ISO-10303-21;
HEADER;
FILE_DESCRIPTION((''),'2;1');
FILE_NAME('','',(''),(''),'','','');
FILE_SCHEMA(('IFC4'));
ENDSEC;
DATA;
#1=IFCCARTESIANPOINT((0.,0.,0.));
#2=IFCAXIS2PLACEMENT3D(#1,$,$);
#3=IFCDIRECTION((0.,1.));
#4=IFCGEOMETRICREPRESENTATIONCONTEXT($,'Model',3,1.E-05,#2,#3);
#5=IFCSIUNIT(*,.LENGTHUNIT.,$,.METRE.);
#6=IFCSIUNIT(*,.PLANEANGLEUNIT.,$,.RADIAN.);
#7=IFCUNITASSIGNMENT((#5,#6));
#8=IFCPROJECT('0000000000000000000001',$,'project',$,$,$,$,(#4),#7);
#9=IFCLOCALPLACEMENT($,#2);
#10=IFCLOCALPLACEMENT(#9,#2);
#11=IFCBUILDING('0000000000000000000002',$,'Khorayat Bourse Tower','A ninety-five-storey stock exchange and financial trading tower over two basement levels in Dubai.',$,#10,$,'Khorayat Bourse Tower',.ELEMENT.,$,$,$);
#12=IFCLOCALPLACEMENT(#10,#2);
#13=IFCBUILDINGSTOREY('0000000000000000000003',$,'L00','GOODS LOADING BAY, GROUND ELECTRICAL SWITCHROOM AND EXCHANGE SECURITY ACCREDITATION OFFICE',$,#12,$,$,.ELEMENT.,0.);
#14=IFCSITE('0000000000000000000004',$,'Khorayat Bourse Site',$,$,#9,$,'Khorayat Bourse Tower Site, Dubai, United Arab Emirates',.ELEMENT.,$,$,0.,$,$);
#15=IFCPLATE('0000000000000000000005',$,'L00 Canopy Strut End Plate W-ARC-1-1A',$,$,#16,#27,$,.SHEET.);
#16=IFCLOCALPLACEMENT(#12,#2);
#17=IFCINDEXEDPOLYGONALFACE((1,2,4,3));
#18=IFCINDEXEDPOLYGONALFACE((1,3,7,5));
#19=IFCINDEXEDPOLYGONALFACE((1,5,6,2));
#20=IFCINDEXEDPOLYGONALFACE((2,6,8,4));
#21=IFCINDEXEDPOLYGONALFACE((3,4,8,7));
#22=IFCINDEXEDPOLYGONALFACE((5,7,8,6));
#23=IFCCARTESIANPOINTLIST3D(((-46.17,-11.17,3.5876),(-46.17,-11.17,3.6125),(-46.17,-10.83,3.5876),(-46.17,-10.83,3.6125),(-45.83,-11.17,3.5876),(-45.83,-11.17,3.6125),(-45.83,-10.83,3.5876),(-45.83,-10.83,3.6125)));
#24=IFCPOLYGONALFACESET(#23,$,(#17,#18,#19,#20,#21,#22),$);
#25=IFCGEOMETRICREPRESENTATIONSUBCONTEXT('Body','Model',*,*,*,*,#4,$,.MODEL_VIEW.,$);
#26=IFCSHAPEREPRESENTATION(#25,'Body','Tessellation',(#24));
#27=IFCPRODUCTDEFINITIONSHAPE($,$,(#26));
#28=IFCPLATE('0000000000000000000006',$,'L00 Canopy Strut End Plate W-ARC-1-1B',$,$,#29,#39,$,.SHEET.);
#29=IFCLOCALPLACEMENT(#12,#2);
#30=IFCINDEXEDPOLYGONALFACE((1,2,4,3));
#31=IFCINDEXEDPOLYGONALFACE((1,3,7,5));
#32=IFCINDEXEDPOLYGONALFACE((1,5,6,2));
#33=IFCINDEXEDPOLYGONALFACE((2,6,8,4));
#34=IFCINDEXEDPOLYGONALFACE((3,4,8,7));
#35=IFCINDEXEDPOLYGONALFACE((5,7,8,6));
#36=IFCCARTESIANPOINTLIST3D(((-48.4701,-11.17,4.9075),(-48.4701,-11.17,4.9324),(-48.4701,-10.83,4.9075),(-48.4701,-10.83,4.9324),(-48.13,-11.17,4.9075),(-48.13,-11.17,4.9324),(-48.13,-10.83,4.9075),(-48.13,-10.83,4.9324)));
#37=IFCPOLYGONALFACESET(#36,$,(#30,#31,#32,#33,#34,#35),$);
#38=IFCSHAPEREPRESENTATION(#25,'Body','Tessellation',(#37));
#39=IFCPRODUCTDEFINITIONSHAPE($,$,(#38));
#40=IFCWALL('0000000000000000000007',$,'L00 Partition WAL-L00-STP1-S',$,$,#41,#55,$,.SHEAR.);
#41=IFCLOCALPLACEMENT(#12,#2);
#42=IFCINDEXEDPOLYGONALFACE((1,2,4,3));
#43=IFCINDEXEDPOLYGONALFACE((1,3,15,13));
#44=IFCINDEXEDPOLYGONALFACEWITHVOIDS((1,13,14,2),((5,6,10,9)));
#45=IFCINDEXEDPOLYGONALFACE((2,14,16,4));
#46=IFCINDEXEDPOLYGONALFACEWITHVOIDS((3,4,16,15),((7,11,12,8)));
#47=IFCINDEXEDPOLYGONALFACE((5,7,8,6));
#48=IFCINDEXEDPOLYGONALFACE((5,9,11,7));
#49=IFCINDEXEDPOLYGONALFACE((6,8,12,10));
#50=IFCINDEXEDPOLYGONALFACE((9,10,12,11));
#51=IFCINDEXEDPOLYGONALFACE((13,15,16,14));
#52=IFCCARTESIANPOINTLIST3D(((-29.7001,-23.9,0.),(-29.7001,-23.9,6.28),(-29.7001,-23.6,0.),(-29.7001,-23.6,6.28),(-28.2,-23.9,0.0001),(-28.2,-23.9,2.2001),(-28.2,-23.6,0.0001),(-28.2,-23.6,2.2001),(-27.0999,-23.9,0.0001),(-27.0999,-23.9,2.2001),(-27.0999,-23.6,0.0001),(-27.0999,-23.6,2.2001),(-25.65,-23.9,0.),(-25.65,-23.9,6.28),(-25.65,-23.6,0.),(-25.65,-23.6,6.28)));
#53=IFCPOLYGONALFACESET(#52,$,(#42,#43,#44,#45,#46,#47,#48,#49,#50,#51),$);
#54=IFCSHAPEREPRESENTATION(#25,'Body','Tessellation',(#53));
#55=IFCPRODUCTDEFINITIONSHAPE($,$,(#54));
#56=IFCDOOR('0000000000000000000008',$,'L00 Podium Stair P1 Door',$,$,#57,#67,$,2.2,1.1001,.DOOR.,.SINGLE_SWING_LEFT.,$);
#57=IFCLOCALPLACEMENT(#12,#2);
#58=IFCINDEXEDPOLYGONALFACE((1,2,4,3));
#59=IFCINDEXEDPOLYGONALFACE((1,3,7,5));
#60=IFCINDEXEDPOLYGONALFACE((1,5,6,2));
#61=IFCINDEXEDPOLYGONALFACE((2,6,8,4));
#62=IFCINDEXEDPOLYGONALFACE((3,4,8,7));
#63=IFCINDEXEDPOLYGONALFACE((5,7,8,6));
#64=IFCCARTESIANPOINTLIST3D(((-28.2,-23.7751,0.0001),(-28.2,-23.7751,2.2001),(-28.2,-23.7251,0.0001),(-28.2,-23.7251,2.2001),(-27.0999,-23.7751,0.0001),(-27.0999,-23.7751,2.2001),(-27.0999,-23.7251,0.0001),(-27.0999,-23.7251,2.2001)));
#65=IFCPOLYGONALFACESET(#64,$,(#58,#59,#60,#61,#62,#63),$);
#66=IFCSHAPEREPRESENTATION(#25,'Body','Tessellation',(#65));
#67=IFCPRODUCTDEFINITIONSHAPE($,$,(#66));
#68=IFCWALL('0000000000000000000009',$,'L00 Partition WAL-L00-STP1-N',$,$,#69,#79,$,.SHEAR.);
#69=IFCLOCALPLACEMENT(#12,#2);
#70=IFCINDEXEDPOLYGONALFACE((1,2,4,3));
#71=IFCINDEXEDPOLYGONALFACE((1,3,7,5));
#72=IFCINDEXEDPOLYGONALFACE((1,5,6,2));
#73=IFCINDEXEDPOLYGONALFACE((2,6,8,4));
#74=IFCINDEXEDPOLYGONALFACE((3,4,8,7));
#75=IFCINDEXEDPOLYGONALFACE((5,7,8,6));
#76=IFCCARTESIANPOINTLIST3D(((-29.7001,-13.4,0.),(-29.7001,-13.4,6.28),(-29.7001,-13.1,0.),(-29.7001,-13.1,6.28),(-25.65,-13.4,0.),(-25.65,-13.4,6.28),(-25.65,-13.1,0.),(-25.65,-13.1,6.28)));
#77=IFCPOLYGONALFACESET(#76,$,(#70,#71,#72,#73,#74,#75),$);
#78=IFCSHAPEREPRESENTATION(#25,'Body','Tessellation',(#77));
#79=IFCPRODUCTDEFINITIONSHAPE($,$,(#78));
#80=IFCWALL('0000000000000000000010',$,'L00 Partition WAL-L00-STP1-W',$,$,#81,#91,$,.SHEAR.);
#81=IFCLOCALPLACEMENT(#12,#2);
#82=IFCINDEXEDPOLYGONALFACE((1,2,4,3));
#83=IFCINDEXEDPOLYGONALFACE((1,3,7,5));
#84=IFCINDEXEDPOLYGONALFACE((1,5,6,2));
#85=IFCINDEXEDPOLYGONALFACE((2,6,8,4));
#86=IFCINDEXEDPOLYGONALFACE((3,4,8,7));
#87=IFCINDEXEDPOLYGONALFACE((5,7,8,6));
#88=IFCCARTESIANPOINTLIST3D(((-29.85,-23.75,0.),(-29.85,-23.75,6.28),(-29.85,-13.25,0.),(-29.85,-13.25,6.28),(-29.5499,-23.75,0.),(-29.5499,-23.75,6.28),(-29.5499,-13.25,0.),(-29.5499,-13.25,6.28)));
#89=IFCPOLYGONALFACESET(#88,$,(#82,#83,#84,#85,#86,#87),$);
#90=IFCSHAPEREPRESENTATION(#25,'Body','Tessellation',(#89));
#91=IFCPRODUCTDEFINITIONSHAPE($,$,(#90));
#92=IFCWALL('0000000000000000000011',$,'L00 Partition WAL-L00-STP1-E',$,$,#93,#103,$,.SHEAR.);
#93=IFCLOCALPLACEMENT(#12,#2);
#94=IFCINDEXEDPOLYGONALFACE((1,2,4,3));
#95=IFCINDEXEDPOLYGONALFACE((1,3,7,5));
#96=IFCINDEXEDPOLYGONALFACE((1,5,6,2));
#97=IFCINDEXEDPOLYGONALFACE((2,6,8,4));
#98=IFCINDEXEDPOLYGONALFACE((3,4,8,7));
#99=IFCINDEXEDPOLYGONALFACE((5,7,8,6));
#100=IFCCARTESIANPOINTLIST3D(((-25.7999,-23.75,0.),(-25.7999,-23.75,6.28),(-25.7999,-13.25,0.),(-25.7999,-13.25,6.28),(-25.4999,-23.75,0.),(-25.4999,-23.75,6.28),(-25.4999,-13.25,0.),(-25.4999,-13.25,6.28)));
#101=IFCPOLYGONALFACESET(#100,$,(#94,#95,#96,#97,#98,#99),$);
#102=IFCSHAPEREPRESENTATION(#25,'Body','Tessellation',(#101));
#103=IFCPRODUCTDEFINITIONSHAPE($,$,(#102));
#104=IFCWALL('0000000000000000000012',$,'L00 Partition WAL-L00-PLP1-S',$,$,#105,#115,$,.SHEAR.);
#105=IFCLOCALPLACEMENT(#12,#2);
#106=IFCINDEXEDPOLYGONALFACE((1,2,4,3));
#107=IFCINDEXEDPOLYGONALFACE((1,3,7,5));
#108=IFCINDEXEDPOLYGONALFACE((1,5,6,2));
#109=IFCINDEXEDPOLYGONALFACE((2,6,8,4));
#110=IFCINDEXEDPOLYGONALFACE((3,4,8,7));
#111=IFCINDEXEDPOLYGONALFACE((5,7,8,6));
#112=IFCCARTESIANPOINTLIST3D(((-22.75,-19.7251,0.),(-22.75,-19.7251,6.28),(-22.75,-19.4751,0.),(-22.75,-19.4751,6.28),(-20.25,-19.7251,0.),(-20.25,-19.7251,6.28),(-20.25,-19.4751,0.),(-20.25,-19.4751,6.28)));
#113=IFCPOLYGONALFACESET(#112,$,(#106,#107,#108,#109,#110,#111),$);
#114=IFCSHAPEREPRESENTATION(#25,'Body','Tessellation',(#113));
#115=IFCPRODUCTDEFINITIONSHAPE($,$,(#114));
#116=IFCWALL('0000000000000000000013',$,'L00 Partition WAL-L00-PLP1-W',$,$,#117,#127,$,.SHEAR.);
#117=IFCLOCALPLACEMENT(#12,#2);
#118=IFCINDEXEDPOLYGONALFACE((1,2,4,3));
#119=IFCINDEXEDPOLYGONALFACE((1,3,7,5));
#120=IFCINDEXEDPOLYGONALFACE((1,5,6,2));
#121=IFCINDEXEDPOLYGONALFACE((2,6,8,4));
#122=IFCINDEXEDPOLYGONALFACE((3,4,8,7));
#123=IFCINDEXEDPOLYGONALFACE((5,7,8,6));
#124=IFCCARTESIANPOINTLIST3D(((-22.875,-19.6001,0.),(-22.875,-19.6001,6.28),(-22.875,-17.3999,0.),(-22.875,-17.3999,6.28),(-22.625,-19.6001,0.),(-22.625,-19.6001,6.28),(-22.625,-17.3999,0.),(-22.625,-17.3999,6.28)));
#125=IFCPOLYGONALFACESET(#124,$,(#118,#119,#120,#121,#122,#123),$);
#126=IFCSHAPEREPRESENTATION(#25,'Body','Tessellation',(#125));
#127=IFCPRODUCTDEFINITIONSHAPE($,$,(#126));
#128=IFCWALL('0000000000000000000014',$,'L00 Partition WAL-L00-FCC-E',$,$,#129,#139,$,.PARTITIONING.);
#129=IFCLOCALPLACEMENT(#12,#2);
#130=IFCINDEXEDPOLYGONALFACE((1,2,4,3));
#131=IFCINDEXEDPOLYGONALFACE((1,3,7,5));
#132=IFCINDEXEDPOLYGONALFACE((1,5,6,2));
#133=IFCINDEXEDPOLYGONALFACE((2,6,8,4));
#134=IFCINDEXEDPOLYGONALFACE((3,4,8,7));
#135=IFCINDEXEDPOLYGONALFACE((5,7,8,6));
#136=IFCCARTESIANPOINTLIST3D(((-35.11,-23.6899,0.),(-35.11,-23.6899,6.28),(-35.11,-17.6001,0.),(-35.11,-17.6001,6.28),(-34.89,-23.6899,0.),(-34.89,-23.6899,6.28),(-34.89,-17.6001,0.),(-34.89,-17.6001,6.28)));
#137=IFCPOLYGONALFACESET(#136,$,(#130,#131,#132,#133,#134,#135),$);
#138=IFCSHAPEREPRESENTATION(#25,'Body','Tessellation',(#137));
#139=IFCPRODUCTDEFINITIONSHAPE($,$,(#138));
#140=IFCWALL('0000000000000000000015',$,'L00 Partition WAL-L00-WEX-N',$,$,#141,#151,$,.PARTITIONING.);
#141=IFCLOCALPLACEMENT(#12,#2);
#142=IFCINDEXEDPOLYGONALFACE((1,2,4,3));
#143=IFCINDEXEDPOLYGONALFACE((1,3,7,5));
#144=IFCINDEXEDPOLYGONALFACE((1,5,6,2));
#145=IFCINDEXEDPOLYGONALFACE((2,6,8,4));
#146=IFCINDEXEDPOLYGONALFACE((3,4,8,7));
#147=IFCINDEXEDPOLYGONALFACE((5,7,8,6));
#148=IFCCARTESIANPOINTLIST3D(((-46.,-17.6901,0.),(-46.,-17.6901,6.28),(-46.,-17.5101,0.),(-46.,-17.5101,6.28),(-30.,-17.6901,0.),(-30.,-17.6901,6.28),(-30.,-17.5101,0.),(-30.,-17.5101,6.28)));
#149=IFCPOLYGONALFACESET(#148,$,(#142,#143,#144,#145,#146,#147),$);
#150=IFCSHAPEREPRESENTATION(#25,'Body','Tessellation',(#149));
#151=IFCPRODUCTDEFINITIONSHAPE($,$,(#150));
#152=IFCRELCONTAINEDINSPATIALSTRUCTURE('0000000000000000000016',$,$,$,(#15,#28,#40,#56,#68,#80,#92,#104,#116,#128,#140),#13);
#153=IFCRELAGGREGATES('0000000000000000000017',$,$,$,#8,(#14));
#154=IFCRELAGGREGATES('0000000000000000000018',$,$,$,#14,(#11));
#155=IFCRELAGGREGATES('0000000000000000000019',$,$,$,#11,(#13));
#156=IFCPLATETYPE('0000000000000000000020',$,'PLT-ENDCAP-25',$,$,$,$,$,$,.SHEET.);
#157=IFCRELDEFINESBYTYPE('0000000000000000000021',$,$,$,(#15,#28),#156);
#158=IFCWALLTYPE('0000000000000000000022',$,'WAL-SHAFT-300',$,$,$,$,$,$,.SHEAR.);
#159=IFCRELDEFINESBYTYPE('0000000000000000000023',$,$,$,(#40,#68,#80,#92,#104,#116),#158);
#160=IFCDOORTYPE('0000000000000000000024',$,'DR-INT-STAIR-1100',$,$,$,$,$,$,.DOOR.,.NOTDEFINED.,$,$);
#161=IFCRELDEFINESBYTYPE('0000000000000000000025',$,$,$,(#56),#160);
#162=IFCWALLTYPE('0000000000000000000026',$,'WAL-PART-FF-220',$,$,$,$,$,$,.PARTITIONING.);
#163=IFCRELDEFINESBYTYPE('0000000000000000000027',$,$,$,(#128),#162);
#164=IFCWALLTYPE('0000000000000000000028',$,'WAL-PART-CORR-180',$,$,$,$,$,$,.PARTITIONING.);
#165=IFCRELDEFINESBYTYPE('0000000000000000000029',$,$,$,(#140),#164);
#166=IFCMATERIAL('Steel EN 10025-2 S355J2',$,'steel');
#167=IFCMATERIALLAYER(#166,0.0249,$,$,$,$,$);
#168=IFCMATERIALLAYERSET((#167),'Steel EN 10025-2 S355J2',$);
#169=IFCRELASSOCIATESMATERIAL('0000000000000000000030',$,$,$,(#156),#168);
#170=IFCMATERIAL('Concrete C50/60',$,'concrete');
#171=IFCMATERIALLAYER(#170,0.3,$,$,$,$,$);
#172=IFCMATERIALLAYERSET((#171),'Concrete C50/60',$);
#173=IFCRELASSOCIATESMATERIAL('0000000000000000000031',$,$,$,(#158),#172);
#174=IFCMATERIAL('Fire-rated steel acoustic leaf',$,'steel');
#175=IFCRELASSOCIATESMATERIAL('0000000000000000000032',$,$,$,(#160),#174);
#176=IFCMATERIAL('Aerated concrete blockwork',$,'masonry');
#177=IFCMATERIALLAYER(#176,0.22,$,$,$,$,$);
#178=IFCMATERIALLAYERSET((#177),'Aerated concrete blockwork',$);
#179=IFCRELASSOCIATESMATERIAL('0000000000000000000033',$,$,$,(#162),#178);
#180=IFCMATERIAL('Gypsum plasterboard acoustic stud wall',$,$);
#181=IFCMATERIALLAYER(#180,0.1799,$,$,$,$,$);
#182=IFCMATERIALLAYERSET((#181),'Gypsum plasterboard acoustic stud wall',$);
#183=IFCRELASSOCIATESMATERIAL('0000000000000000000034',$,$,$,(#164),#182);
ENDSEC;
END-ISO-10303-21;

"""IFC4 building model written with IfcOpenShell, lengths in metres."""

from ifc_helpers import new_model, si_unit, direction, frame, frame_2d, origin, origin_2d, place, context, subcontext, project, spatial, rectangle, extrude, source, transform, mapped, material, layer, layer_set, type_object, element, fill, save


model = new_model("IFC4")

# Units and contexts
model_context = context("Model", 3, precision=1e-05, world=origin(), true_north=direction((0.0, 1.0)))
body_context = subcontext(model_context, "Body", "Model", "MODEL_VIEW")
ifc_project = project(units=[si_unit("LENGTHUNIT", "METRE"), si_unit("PLANEANGLEUNIT", "RADIAN")], contexts=[model_context])

# Site, building, storey
site_placement = place(None, origin())
site = spatial("IfcSite", under=ifc_project, at=site_placement, Name="Khorayat Bourse Site", LongName="Khorayat Bourse Tower Site, Dubai, United Arab Emirates", CompositionType="ELEMENT", RefElevation=0.0)
building_placement = place(site_placement, origin())
building = spatial("IfcBuilding", under=site, at=building_placement, Name="Khorayat Bourse Tower", Description="A ninety-five-storey stock exchange and financial trading tower over two basement levels in Dubai.", LongName="Khorayat Bourse Tower", CompositionType="ELEMENT")
storey_placement = place(building_placement, origin())
storey = spatial("IfcBuildingStorey", under=building, at=storey_placement, Name="L00", Description="GOODS LOADING BAY, GROUND ELECTRICAL SWITCHROOM AND EXCHANGE SECURITY ACCREDITATION OFFICE", CompositionType="ELEMENT", Elevation=0.0)

# Shared definitions
ifc_material_1 = material(Name="Steel EN 10025-2 S355J2", Category="steel")

# Plates
ifc_layer_1 = layer(ifc_material_1, 0.0249)
ifc_layer_set_1 = layer_set([ifc_layer_1], Name="Steel EN 10025-2 S355J2")
plate_type = type_object("IfcPlateType", Name="PLT-ENDCAP-25", PredefinedType="SHEET", material=ifc_layer_set_1)
shared_shape_1 = source(origin(), body_context, "Body", "SweptSolid", [
    extrude(rectangle(XDim=0.3401, YDim=0.3401, at=origin_2d()), origin(), (0.0, 0.0, 1.0), 0.0249),
])
for number, where, z_axis, x_axis, name in (
    (1, (-46.0, -11.0, 3.5876), (0.0, 0.0, 1.0), (1.0, 0.0, 0.0), "L00 Canopy Strut End Plate W-ARC-1-1A"),
    (2, (-48.3, -11.0, 4.9075), (0.0, 0.0, 1.0), (1.0, 0.0, 0.0), "L00 Canopy Strut End Plate W-ARC-1-1B"),
):
    element("IfcPlate", number, at=place(storey_placement, frame(where, z_axis=z_axis, x_axis=x_axis)), inside=storey, type_object=plate_type, Name=name, PredefinedType="SHEET", context=body_context, shape_type="MappedRepresentation", body=[
        mapped(shared_shape_1, transform((0.0, 0.0, 0.0), scale=1.0)),
    ])

# Wall, opening, door
ifc_material_2 = material(Name="Concrete C50/60", Category="concrete")
ifc_layer_2 = layer(ifc_material_2, 0.3)
ifc_layer_set_2 = layer_set([ifc_layer_2], Name="Concrete C50/60")
wall_type_1 = type_object("IfcWallType", Name="WAL-SHAFT-300", PredefinedType="SHEAR", material=ifc_layer_set_2)
shared_shape_2 = source(origin(), body_context, "Body", "SweptSolid", [
    extrude(rectangle(XDim=4.05, YDim=0.3, at=frame_2d((2.0249, 0.0))), origin(), (0.0, 0.0, 1.0), 6.28),
])
wall_1_placement = place(storey_placement, frame((-29.7, -23.75, 0.0), z_axis=(0.0, 0.0, 1.0), x_axis=(1.0, 0.0, 0.0)))
wall_1 = element("IfcWall", 3, at=wall_1_placement, inside=storey, type_object=wall_type_1, Name="L00 Partition WAL-L00-STP1-S", PredefinedType="SHEAR", context=body_context, shape_type="MappedRepresentation", body=[
    mapped(shared_shape_2, transform((0.0, 0.0, 0.0), scale=1.0)),
])
shared_shape_3 = source(origin(), body_context, "Body", "SweptSolid", [
    extrude(rectangle(XDim=1.1001, YDim=2.2, at=frame_2d((0.55, 1.1001))), frame((0.0, 0.1599, 0.0), z_axis=(0.0, -1.0, 0.0), x_axis=(1.0, 0.0, 0.0)), (0.0, 0.0, 1.0), 0.3201),
])
opening_1_placement = place(wall_1_placement, frame((1.5, 0.0, 0.0)))
opening_1 = element("IfcOpeningElement", 4, at=opening_1_placement, cuts=wall_1, PredefinedType="OPENING", context=body_context, shape_type="MappedRepresentation", body=[
    mapped(shared_shape_3, transform((0.0, 0.0, 0.0), scale=1.0)),
])
ifc_material_3 = material(Name="Fire-rated steel acoustic leaf", Category="steel")
door_type_1 = type_object("IfcDoorType", Name="DR-INT-STAIR-1100", OperationType="NOTDEFINED", PredefinedType="DOOR", material=ifc_material_3)
shared_shape_4 = source(origin(), body_context, "Body", "SweptSolid", [
    extrude(rectangle(XDim=1.1001, YDim=2.2, at=frame_2d((0.55, 1.1001))), frame((0.0, 0.0249, 0.0), z_axis=(0.0, -1.0, 0.0), x_axis=(1.0, 0.0, 0.0)), (0.0, 0.0, 1.0), 0.05),
])
door_1_placement = place(opening_1_placement, origin())
door_1 = element("IfcDoor", 5, at=door_1_placement, inside=storey, type_object=door_type_1, Name="L00 Podium Stair P1 Door", OperationType="SINGLE_SWING_LEFT", OverallHeight=2.2, OverallWidth=1.1001, PredefinedType="DOOR", context=body_context, shape_type="MappedRepresentation", body=[
    mapped(shared_shape_4, transform((0.0, 0.0, 0.0), scale=1.0)),
])
fill(opening_1, door_1)

# Walls
wall_2_placement = place(storey_placement, frame((-29.7, -13.25, 0.0), z_axis=(0.0, 0.0, 1.0), x_axis=(1.0, 0.0, 0.0)))
element("IfcWall", 6, at=wall_2_placement, inside=storey, type_object=wall_type_1, Name="L00 Partition WAL-L00-STP1-N", PredefinedType="SHEAR", context=body_context, shape_type="MappedRepresentation", body=[
    mapped(shared_shape_2, transform((0.0, 0.0, 0.0), scale=1.0)),
])
shared_shape_5 = source(origin(), body_context, "Body", "SweptSolid", [
    extrude(rectangle(XDim=10.5, YDim=0.3, at=frame_2d((5.25, 0.0))), origin(), (0.0, 0.0, 1.0), 6.28),
])
for number, where, z_axis, x_axis, name in (
    (7, (-29.7, -23.75, 0.0), (0.0, 0.0, 1.0), (0.0, 1.0, 0.0), "L00 Partition WAL-L00-STP1-W"),
    (8, (-25.6499, -23.75, 0.0), (0.0, 0.0, 1.0), (0.0, 1.0, 0.0), "L00 Partition WAL-L00-STP1-E"),
):
    element("IfcWall", number, at=place(storey_placement, frame(where, z_axis=z_axis, x_axis=x_axis)), inside=storey, type_object=wall_type_1, Name=name, PredefinedType="SHEAR", context=body_context, shape_type="MappedRepresentation", body=[
        mapped(shared_shape_5, transform((0.0, 0.0, 0.0), scale=1.0)),
    ])
shared_shape_6 = source(origin(), body_context, "Body", "SweptSolid", [
    extrude(rectangle(XDim=2.5, YDim=0.25, at=frame_2d((1.25, 0.0))), origin(), (0.0, 0.0, 1.0), 6.28),
])
wall_3_placement = place(storey_placement, frame((-22.75, -19.6001, 0.0), z_axis=(0.0, 0.0, 1.0), x_axis=(1.0, 0.0, 0.0)))
element("IfcWall", 9, at=wall_3_placement, inside=storey, type_object=wall_type_1, Name="L00 Partition WAL-L00-PLP1-S", PredefinedType="SHEAR", context=body_context, shape_type="MappedRepresentation", body=[
    mapped(shared_shape_6, transform((0.0, 0.0, 0.0), scale=1.0)),
])
shared_shape_7 = source(origin(), body_context, "Body", "SweptSolid", [
    extrude(rectangle(XDim=2.2002, YDim=0.25, at=frame_2d((1.1001, 0.0))), origin(), (0.0, 0.0, 1.0), 6.28),
])
wall_4_placement = place(storey_placement, frame((-22.75, -19.6001, 0.0), z_axis=(0.0, 0.0, 1.0), x_axis=(0.0, 1.0, 0.0)))
element("IfcWall", 10, at=wall_4_placement, inside=storey, type_object=wall_type_1, Name="L00 Partition WAL-L00-PLP1-W", PredefinedType="SHEAR", context=body_context, shape_type="MappedRepresentation", body=[
    mapped(shared_shape_7, transform((0.0, 0.0, 0.0), scale=1.0)),
])
ifc_material_4 = material(Name="Aerated concrete blockwork", Category="masonry")
ifc_layer_3 = layer(ifc_material_4, 0.22)
ifc_layer_set_3 = layer_set([ifc_layer_3], Name="Aerated concrete blockwork")
wall_type_2 = type_object("IfcWallType", Name="WAL-PART-FF-220", PredefinedType="PARTITIONING", material=ifc_layer_set_3)
shared_shape_8 = source(origin(), body_context, "Body", "SweptSolid", [
    extrude(rectangle(XDim=6.0898, YDim=0.22, at=frame_2d((3.0449, 0.0))), origin(), (0.0, 0.0, 1.0), 6.28),
])
wall_5_placement = place(storey_placement, frame((-35.0, -23.6899, 0.0), z_axis=(0.0, 0.0, 1.0), x_axis=(0.0, 1.0, 0.0)))
element("IfcWall", 11, at=wall_5_placement, inside=storey, type_object=wall_type_2, Name="L00 Partition WAL-L00-FCC-E", PredefinedType="PARTITIONING", context=body_context, shape_type="MappedRepresentation", body=[
    mapped(shared_shape_8, transform((0.0, 0.0, 0.0), scale=1.0)),
])
ifc_material_5 = material(Name="Gypsum plasterboard acoustic stud wall")
ifc_layer_4 = layer(ifc_material_5, 0.1799)
ifc_layer_set_4 = layer_set([ifc_layer_4], Name="Gypsum plasterboard acoustic stud wall")
wall_type_3 = type_object("IfcWallType", Name="WAL-PART-CORR-180", PredefinedType="PARTITIONING", material=ifc_layer_set_4)
shared_shape_9 = source(origin(), body_context, "Body", "SweptSolid", [
    extrude(rectangle(XDim=16.0, YDim=0.1799, at=frame_2d((8.0, 0.0))), origin(), (0.0, 0.0, 1.0), 6.28),
])
wall_6_placement = place(storey_placement, frame((-46.0, -17.6001, 0.0), z_axis=(0.0, 0.0, 1.0), x_axis=(1.0, 0.0, 0.0)))
element("IfcWall", 12, at=wall_6_placement, inside=storey, type_object=wall_type_3, Name="L00 Partition WAL-L00-WEX-N", PredefinedType="PARTITIONING", context=body_context, shape_type="MappedRepresentation", body=[
    mapped(shared_shape_9, transform((0.0, 0.0, 0.0), scale=1.0)),
])

save(model, "model.ifc")
